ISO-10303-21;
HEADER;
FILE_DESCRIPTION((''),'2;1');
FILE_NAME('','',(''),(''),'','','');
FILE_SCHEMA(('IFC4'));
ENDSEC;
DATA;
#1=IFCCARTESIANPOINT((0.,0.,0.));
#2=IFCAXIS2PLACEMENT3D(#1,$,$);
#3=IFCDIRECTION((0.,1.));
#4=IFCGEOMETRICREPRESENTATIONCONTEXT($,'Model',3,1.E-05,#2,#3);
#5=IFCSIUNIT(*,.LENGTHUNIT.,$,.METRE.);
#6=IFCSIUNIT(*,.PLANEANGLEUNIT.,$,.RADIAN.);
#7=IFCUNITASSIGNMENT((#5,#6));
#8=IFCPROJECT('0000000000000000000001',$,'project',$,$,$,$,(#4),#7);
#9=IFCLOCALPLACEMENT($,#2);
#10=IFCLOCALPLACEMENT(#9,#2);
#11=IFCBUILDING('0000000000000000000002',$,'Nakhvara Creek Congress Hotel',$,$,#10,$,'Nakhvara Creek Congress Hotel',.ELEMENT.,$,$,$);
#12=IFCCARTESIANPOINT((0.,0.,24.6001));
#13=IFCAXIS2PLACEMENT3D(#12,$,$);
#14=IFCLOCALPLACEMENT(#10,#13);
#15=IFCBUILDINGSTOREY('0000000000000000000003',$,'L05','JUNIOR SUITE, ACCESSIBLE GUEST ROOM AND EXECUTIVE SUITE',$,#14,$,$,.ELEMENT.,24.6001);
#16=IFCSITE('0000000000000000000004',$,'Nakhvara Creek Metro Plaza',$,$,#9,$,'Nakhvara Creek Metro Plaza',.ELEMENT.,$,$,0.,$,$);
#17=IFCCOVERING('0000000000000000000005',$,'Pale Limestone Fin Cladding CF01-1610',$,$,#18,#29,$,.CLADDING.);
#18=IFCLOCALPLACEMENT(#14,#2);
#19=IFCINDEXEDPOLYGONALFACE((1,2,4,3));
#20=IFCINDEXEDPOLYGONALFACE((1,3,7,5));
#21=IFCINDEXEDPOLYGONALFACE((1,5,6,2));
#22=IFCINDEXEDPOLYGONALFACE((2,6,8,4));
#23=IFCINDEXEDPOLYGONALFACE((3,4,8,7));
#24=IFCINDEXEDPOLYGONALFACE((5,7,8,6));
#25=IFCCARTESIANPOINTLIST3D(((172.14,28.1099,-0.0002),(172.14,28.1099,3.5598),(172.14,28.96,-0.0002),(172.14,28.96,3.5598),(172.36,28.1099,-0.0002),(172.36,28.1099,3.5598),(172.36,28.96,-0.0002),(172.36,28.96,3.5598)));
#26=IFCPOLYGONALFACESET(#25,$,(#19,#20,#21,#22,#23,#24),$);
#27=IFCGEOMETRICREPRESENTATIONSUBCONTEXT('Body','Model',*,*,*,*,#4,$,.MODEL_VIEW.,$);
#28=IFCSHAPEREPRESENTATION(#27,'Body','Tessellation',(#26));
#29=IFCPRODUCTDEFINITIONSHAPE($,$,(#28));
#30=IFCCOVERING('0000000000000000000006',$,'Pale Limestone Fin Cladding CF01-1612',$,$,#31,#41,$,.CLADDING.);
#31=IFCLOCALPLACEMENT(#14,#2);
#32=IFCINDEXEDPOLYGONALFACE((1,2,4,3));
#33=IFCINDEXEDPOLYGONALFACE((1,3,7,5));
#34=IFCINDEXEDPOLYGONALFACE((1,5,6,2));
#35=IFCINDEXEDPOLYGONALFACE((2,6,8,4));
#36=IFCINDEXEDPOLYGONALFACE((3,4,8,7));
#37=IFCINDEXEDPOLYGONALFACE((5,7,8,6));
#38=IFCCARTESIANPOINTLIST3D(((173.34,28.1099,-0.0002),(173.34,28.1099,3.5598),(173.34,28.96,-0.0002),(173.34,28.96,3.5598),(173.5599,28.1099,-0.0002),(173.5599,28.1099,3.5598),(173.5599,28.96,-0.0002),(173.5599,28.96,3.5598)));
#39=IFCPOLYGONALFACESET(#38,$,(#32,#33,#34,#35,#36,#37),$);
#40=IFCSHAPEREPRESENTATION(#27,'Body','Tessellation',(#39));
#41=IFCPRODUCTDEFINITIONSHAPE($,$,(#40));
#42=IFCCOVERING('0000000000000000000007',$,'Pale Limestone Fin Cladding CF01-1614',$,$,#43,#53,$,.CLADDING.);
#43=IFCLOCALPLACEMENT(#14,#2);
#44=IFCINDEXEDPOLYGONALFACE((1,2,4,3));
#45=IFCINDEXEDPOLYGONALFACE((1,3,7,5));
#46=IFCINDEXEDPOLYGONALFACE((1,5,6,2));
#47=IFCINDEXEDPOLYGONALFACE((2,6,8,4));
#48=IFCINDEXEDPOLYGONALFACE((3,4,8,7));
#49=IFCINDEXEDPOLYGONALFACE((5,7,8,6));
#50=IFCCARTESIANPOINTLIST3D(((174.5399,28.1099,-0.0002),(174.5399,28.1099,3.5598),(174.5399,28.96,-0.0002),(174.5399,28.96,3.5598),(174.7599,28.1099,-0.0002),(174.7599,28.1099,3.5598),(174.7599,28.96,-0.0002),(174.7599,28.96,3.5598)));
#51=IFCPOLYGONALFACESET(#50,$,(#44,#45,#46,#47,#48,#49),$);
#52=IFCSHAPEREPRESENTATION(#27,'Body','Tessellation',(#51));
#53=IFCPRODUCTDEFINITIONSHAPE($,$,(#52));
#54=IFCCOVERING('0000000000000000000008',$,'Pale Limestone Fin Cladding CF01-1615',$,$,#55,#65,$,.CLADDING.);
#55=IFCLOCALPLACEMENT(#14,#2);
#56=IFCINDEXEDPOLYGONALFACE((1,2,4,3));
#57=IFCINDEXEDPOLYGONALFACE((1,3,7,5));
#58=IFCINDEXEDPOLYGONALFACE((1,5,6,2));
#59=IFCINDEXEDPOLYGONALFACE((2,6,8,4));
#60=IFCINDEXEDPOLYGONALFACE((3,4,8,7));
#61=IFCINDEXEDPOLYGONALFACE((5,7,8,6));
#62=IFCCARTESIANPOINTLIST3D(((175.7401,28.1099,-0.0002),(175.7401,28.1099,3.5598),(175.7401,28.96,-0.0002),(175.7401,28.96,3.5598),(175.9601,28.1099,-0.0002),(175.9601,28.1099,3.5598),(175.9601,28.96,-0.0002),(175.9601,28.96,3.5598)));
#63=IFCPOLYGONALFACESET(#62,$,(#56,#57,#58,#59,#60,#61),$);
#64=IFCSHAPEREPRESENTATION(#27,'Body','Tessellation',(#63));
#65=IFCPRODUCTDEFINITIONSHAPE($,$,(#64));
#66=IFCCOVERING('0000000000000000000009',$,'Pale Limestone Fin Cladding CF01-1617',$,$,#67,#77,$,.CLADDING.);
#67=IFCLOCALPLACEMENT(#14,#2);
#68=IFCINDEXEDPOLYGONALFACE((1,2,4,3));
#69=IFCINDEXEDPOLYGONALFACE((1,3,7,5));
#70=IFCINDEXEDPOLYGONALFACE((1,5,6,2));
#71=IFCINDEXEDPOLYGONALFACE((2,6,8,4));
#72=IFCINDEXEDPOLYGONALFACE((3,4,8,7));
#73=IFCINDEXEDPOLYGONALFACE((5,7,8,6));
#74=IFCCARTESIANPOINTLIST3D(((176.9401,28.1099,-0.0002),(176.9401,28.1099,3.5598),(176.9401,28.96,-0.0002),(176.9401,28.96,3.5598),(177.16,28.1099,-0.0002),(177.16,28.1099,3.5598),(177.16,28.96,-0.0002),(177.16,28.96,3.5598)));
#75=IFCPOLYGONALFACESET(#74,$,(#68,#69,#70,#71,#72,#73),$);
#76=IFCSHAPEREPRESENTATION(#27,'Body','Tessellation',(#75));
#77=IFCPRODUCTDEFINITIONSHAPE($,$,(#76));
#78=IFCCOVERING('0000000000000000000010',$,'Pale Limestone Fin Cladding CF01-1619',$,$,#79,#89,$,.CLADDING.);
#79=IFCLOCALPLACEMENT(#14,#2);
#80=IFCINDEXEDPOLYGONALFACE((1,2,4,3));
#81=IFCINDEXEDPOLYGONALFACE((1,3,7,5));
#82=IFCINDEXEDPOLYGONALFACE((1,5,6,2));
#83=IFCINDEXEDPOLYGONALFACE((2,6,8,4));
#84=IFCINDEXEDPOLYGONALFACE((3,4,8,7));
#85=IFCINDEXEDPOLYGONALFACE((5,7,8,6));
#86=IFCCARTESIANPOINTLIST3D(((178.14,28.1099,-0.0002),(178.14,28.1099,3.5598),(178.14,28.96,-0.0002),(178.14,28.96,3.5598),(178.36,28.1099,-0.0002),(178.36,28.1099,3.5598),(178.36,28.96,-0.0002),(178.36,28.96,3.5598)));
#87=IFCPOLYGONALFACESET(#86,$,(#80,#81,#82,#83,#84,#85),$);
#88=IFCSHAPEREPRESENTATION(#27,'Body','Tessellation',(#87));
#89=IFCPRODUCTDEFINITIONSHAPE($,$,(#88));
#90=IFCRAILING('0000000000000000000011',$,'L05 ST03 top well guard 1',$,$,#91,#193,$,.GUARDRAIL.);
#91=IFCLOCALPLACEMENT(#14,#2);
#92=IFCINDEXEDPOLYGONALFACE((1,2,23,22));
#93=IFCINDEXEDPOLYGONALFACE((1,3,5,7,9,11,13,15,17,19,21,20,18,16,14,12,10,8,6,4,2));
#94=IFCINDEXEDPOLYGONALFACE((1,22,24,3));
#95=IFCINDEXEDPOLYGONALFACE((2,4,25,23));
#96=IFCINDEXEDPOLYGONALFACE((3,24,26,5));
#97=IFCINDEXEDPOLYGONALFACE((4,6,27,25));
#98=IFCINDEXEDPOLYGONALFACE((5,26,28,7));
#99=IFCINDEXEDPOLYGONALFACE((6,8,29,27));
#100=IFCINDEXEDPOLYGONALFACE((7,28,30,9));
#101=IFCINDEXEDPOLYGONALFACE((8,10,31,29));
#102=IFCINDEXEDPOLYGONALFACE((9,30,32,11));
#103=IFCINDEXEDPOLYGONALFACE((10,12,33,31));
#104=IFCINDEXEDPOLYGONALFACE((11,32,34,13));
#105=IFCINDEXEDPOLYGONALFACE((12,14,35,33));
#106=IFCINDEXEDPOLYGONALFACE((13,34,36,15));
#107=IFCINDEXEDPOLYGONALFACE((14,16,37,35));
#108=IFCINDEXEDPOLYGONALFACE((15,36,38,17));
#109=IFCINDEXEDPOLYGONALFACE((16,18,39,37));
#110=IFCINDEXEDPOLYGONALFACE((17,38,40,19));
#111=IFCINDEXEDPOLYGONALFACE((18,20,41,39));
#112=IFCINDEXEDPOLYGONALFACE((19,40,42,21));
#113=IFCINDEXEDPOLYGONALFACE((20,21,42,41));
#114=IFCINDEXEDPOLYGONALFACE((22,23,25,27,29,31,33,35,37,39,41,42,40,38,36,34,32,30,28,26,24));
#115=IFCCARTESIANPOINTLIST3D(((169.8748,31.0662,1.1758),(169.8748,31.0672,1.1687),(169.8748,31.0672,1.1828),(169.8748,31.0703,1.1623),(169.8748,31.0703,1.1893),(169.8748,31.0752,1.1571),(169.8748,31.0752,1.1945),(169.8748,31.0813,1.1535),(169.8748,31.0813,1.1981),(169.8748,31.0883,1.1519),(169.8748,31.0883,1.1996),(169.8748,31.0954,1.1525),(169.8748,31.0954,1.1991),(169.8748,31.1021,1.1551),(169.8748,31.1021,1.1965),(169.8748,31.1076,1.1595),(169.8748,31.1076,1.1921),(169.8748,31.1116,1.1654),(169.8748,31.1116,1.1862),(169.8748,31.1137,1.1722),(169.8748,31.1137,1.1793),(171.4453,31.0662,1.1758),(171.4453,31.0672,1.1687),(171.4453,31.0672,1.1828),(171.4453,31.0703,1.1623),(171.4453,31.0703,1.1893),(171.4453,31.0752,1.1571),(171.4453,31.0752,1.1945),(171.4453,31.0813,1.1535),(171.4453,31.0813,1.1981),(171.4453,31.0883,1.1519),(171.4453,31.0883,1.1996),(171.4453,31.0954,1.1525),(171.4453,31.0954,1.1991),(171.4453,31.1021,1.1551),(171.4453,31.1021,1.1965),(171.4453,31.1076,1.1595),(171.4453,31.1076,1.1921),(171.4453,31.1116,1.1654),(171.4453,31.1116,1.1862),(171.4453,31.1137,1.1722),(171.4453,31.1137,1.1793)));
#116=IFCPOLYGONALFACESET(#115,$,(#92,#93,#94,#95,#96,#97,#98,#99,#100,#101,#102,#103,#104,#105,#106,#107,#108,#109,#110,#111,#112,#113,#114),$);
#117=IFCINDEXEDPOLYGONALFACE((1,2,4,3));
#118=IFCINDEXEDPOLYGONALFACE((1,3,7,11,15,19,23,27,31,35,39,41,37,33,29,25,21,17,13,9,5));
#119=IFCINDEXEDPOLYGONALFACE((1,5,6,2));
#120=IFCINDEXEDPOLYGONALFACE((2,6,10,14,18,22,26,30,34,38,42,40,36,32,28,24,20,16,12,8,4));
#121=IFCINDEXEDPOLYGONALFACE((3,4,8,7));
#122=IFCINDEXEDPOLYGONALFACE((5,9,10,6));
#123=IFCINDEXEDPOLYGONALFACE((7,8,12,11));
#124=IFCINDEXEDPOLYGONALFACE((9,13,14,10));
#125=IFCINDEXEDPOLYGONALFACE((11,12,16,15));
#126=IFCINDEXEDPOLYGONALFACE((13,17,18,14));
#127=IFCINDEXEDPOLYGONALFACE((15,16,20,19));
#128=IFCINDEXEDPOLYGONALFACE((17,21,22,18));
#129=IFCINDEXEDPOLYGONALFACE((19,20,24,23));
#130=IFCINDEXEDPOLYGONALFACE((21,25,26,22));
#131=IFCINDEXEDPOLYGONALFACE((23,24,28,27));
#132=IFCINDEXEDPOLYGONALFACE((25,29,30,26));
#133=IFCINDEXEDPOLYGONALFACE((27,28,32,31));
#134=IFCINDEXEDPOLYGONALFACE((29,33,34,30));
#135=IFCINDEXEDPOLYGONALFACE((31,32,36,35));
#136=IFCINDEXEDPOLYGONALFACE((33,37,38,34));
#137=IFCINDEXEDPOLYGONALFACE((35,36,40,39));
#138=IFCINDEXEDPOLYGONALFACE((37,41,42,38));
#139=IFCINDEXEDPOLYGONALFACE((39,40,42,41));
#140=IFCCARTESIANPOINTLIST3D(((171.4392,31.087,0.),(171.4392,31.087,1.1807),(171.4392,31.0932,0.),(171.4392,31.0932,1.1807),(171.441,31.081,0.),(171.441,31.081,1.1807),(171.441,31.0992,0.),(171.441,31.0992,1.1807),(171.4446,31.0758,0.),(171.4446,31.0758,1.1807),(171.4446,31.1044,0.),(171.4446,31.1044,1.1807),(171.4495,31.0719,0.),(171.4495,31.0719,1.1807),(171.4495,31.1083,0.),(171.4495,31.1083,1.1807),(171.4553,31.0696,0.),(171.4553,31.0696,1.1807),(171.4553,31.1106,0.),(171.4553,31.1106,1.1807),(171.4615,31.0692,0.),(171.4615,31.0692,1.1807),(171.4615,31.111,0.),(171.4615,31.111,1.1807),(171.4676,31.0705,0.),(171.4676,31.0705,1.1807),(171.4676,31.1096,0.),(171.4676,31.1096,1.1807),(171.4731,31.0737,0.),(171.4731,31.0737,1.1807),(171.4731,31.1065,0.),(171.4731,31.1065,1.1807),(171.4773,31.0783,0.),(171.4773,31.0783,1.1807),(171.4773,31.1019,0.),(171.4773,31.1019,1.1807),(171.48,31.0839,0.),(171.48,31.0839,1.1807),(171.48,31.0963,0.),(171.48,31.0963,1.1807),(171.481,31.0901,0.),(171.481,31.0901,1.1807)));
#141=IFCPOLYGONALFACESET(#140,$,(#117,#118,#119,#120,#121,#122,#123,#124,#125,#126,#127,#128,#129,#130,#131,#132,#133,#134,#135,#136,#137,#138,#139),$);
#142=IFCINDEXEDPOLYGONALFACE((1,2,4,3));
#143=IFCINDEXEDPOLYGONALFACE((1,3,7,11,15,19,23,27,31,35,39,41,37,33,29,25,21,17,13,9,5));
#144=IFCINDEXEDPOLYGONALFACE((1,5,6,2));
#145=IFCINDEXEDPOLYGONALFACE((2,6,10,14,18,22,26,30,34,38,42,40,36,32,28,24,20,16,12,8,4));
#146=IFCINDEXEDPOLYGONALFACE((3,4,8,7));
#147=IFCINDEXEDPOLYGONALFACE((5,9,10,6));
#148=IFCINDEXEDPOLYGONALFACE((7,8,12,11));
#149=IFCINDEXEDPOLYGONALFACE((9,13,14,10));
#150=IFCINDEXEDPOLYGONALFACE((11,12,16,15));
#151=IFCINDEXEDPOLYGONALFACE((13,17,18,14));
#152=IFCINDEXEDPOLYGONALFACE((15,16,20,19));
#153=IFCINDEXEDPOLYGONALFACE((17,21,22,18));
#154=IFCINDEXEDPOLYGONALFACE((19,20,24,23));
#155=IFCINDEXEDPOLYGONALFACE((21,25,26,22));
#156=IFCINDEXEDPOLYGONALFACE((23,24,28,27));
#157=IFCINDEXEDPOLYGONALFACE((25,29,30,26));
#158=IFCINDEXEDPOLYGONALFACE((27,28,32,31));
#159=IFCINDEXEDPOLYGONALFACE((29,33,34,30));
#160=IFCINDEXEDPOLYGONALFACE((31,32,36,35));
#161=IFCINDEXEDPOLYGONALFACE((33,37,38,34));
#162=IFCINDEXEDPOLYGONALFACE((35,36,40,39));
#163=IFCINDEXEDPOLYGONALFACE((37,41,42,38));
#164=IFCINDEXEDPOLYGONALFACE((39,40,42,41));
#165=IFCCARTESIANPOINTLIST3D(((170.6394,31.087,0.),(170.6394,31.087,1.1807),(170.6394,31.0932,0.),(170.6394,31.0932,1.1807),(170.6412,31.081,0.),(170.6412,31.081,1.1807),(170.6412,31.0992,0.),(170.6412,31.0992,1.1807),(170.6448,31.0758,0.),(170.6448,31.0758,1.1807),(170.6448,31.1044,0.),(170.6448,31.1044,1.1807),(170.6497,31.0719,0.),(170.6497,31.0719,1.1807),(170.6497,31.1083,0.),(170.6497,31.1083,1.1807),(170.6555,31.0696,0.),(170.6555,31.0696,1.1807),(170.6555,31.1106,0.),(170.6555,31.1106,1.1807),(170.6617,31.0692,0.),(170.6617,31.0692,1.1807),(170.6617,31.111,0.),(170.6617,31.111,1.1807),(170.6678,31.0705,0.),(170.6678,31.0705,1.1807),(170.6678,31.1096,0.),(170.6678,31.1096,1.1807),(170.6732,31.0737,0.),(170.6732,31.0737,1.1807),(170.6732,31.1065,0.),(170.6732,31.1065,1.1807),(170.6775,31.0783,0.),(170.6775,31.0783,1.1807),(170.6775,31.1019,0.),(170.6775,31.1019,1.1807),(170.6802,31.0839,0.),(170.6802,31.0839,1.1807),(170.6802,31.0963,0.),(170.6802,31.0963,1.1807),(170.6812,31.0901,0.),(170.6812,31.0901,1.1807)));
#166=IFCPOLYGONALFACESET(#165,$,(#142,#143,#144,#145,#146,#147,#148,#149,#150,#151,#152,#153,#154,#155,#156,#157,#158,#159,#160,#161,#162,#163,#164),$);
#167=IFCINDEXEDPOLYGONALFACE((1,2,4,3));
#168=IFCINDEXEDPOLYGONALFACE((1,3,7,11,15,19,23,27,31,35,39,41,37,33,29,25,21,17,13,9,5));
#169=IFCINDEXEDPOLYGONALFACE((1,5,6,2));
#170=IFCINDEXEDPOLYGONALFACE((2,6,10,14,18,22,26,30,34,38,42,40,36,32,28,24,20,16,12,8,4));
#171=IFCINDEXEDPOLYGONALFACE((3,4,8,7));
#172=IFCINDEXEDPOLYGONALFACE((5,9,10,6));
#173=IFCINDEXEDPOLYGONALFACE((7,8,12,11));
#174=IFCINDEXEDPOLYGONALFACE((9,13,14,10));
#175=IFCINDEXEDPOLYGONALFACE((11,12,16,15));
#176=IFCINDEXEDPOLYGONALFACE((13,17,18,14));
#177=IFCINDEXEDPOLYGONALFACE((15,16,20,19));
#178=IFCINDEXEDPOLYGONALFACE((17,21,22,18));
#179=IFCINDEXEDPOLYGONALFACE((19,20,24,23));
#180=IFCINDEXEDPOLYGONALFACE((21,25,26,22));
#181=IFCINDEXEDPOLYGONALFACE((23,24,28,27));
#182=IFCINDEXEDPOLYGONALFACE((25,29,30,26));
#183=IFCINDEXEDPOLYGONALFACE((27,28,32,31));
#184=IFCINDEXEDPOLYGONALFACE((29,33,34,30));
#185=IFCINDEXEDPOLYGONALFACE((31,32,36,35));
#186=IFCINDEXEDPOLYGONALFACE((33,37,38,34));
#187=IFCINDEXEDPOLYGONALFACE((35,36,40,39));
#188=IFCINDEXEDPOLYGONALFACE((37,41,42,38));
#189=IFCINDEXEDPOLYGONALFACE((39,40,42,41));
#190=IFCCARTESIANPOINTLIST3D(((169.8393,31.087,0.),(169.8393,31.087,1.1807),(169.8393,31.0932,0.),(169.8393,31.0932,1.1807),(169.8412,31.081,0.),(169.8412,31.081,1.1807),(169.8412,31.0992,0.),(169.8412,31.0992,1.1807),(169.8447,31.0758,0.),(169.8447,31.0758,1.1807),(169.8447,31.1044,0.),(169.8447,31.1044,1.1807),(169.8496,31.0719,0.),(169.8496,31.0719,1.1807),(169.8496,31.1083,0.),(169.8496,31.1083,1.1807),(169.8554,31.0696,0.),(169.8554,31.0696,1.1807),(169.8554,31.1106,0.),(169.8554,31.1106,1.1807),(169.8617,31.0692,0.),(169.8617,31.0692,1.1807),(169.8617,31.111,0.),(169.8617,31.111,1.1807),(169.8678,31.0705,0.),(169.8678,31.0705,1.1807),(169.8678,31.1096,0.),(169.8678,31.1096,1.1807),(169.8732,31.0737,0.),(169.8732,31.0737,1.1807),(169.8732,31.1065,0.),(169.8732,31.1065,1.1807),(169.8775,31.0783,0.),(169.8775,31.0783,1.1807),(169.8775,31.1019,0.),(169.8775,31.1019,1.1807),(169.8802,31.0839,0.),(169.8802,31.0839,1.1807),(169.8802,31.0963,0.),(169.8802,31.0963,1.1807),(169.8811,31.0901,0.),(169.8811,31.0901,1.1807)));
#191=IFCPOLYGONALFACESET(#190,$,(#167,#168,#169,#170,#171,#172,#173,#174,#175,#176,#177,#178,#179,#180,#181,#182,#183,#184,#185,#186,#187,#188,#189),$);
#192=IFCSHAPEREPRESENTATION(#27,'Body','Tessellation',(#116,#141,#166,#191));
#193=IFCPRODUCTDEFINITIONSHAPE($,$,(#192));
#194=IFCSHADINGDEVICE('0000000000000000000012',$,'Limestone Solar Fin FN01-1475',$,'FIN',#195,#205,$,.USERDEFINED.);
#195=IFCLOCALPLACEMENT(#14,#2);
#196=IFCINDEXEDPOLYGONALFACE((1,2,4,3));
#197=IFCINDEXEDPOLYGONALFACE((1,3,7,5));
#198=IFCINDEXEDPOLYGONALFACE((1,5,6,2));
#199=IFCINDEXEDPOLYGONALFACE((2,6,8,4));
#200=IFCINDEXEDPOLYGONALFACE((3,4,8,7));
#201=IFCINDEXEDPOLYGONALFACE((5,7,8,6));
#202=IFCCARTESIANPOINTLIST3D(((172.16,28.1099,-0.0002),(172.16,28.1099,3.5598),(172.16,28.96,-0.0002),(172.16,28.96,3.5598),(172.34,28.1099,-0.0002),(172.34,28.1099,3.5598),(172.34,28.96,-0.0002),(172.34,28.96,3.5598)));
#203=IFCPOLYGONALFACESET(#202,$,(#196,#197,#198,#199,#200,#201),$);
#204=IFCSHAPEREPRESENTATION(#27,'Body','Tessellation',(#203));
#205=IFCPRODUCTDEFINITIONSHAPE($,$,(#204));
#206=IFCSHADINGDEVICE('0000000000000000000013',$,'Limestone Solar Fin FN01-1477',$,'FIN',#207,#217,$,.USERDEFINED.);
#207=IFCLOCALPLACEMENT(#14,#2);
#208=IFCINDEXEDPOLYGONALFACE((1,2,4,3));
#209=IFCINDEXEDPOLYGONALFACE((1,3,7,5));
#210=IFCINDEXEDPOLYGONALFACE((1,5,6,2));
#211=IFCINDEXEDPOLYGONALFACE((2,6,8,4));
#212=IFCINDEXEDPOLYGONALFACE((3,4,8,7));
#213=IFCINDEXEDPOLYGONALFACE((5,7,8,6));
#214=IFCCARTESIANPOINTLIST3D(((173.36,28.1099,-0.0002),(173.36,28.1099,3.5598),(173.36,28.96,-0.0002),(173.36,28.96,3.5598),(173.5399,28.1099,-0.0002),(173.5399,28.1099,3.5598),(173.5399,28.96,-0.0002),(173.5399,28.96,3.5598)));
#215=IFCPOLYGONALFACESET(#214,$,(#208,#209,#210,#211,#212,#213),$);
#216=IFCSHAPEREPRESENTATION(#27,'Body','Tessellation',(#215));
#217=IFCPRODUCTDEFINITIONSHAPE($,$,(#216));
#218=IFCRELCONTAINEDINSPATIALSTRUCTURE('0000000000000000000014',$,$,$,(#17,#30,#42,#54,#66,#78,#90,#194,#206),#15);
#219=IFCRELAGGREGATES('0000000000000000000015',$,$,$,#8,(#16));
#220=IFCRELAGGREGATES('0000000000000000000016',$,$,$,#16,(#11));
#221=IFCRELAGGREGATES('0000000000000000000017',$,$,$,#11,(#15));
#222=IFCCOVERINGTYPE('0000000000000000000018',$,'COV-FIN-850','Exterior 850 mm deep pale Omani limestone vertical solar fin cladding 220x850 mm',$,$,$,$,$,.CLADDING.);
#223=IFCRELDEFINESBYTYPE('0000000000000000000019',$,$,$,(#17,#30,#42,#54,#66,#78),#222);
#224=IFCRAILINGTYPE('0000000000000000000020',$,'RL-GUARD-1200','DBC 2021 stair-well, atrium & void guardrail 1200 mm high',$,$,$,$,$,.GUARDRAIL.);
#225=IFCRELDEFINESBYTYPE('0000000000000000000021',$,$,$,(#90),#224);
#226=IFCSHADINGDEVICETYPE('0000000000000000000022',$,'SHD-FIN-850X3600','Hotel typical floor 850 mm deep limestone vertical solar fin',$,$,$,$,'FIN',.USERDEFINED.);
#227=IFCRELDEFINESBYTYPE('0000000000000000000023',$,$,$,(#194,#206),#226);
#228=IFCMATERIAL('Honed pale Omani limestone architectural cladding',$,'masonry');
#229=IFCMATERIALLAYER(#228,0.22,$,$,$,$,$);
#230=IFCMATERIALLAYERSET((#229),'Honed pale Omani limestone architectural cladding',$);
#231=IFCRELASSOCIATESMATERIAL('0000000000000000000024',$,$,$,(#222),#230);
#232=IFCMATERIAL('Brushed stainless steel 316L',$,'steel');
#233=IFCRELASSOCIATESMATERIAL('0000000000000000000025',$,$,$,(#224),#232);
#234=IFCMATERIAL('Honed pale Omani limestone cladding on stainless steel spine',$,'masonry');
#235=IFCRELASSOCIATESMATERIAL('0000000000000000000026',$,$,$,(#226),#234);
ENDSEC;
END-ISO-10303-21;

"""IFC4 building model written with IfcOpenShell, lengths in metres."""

from ifc_helpers import new_model, si_unit, direction, frame, origin, origin_2d, place, context, subcontext, project, spatial, rectangle, circle, extrude, material, layer, layer_set, type_object, element, save


model = new_model("IFC4")

# Units and contexts
model_context = context("Model", 3, precision=1e-05, world=origin(), true_north=direction((0.0, 1.0)))
body_context = subcontext(model_context, "Body", "Model", "MODEL_VIEW")
ifc_project = project(units=[si_unit("LENGTHUNIT", "METRE"), si_unit("PLANEANGLEUNIT", "RADIAN")], contexts=[model_context])

# Site, building, storey
site_placement = place(None, origin())
site = spatial("IfcSite", under=ifc_project, at=site_placement, Name="Nakhvara Creek Metro Plaza", LongName="Nakhvara Creek Metro Plaza", CompositionType="ELEMENT", RefElevation=0.0)
building_placement = place(site_placement, origin())
building = spatial("IfcBuilding", under=site, at=building_placement, Name="Nakhvara Creek Congress Hotel", LongName="Nakhvara Creek Congress Hotel", CompositionType="ELEMENT")
storey_placement = place(building_placement, frame((0.0, 0.0, 24.6001)))
storey = spatial("IfcBuildingStorey", under=building, at=storey_placement, Name="L05", Description="JUNIOR SUITE, ACCESSIBLE GUEST ROOM AND EXECUTIVE SUITE", CompositionType="ELEMENT", Elevation=24.6001)

# Coverings
ifc_material_1 = material(Name="Honed pale Omani limestone architectural cladding", Category="masonry")
ifc_layer_1 = layer(ifc_material_1, 0.22)
ifc_layer_set_1 = layer_set([ifc_layer_1], Name="Honed pale Omani limestone architectural cladding")
covering_type = type_object("IfcCoveringType", Name="COV-FIN-850", Description="Exterior 850 mm deep pale Omani limestone vertical solar fin cladding 220x850 mm", PredefinedType="CLADDING", material=ifc_layer_set_1)
for number, where, z_axis, x_axis, name in (
    (1, (172.25, 28.5349, -0.0002), (0.0, 0.0, 1.0), (1.0, 0.0, 0.0), "Pale Limestone Fin Cladding CF01-1610"),
    (2, (173.45, 28.5349, -0.0002), (0.0, 0.0, 1.0), (1.0, 0.0, 0.0), "Pale Limestone Fin Cladding CF01-1612"),
    (3, (174.6499, 28.5349, -0.0002), (0.0, 0.0, 1.0), (1.0, 0.0, 0.0), "Pale Limestone Fin Cladding CF01-1614"),
    (4, (175.8501, 28.5349, -0.0002), (0.0, 0.0, 1.0), (1.0, 0.0, 0.0), "Pale Limestone Fin Cladding CF01-1615"),
    (5, (177.05, 28.5349, -0.0002), (0.0, 0.0, 1.0), (1.0, 0.0, 0.0), "Pale Limestone Fin Cladding CF01-1617"),
    (6, (178.25, 28.5349, -0.0002), (0.0, 0.0, 1.0), (1.0, 0.0, 0.0), "Pale Limestone Fin Cladding CF01-1619"),
):
    element("IfcCovering", number, at=place(storey_placement, frame(where, z_axis=z_axis, x_axis=x_axis)), inside=storey, type_object=covering_type, Name=name, PredefinedType="CLADDING", context=body_context, shape_type="SweptSolid", body=[
        extrude(rectangle(XDim=0.22, YDim=0.8501, at=origin_2d()), origin(), (0.0, 0.0, 1.0), 3.5601),
    ])

# Railing
ifc_material_2 = material(Name="Brushed stainless steel 316L", Category="steel")
railing_type = type_object("IfcRailingType", Name="RL-GUARD-1200", Description="DBC 2021 stair-well, atrium & void guardrail 1200 mm high", PredefinedType="GUARDRAIL", material=ifc_material_2)
railing_placement = place(storey_placement, frame((171.46, 31.0901, 0.0)))
element("IfcRailing", 7, at=railing_placement, inside=storey, type_object=railing_type, Name="L05 ST03 top well guard 1", PredefinedType="GUARDRAIL", context=body_context, shape_type="SweptSolid", body=[
    extrude(circle(Radius=0.0239, at=origin_2d()), frame((-0.0146, 0.0, 1.1758), z_axis=(-1.0, 0.0, 0.0), x_axis=(0.0, -1.0, 0.0)), (0.0, 0.0, 1.0), 1.5706),
    extrude(circle(Radius=0.021, at=origin_2d()), origin(), (0.0, 0.0, 1.0), 1.1807),
    extrude(circle(Radius=0.021, at=origin_2d()), frame((-0.7998, 0.0, 0.0)), (0.0, 0.0, 1.0), 1.1807),
    extrude(circle(Radius=0.021, at=origin_2d()), frame((-1.5999, 0.0, 0.0)), (0.0, 0.0, 1.0), 1.1807),
])

# Shading devices
ifc_material_3 = material(Name="Honed pale Omani limestone cladding on stainless steel spine", Category="masonry")
shading_device_type = type_object("IfcShadingDeviceType", Name="SHD-FIN-850X3600", Description="Hotel typical floor 850 mm deep limestone vertical solar fin", ElementType="FIN", PredefinedType="USERDEFINED", material=ifc_material_3)
for number, where, z_axis, x_axis, name in (
    (8, (172.25, 28.5349, -0.0002), (0.0, 0.0, 1.0), (1.0, 0.0, 0.0), "Limestone Solar Fin FN01-1475"),
    (9, (173.45, 28.5349, -0.0002), (0.0, 0.0, 1.0), (1.0, 0.0, 0.0), "Limestone Solar Fin FN01-1477"),
):
    element("IfcShadingDevice", number, at=place(storey_placement, frame(where, z_axis=z_axis, x_axis=x_axis)), inside=storey, type_object=shading_device_type, Name=name, ObjectType="FIN", PredefinedType="USERDEFINED", context=body_context, shape_type="SweptSolid", body=[
        extrude(rectangle(XDim=0.1799, YDim=0.8501, at=origin_2d()), origin(), (0.0, 0.0, 1.0), 3.5601),
    ])

save(model, "model.ifc")
